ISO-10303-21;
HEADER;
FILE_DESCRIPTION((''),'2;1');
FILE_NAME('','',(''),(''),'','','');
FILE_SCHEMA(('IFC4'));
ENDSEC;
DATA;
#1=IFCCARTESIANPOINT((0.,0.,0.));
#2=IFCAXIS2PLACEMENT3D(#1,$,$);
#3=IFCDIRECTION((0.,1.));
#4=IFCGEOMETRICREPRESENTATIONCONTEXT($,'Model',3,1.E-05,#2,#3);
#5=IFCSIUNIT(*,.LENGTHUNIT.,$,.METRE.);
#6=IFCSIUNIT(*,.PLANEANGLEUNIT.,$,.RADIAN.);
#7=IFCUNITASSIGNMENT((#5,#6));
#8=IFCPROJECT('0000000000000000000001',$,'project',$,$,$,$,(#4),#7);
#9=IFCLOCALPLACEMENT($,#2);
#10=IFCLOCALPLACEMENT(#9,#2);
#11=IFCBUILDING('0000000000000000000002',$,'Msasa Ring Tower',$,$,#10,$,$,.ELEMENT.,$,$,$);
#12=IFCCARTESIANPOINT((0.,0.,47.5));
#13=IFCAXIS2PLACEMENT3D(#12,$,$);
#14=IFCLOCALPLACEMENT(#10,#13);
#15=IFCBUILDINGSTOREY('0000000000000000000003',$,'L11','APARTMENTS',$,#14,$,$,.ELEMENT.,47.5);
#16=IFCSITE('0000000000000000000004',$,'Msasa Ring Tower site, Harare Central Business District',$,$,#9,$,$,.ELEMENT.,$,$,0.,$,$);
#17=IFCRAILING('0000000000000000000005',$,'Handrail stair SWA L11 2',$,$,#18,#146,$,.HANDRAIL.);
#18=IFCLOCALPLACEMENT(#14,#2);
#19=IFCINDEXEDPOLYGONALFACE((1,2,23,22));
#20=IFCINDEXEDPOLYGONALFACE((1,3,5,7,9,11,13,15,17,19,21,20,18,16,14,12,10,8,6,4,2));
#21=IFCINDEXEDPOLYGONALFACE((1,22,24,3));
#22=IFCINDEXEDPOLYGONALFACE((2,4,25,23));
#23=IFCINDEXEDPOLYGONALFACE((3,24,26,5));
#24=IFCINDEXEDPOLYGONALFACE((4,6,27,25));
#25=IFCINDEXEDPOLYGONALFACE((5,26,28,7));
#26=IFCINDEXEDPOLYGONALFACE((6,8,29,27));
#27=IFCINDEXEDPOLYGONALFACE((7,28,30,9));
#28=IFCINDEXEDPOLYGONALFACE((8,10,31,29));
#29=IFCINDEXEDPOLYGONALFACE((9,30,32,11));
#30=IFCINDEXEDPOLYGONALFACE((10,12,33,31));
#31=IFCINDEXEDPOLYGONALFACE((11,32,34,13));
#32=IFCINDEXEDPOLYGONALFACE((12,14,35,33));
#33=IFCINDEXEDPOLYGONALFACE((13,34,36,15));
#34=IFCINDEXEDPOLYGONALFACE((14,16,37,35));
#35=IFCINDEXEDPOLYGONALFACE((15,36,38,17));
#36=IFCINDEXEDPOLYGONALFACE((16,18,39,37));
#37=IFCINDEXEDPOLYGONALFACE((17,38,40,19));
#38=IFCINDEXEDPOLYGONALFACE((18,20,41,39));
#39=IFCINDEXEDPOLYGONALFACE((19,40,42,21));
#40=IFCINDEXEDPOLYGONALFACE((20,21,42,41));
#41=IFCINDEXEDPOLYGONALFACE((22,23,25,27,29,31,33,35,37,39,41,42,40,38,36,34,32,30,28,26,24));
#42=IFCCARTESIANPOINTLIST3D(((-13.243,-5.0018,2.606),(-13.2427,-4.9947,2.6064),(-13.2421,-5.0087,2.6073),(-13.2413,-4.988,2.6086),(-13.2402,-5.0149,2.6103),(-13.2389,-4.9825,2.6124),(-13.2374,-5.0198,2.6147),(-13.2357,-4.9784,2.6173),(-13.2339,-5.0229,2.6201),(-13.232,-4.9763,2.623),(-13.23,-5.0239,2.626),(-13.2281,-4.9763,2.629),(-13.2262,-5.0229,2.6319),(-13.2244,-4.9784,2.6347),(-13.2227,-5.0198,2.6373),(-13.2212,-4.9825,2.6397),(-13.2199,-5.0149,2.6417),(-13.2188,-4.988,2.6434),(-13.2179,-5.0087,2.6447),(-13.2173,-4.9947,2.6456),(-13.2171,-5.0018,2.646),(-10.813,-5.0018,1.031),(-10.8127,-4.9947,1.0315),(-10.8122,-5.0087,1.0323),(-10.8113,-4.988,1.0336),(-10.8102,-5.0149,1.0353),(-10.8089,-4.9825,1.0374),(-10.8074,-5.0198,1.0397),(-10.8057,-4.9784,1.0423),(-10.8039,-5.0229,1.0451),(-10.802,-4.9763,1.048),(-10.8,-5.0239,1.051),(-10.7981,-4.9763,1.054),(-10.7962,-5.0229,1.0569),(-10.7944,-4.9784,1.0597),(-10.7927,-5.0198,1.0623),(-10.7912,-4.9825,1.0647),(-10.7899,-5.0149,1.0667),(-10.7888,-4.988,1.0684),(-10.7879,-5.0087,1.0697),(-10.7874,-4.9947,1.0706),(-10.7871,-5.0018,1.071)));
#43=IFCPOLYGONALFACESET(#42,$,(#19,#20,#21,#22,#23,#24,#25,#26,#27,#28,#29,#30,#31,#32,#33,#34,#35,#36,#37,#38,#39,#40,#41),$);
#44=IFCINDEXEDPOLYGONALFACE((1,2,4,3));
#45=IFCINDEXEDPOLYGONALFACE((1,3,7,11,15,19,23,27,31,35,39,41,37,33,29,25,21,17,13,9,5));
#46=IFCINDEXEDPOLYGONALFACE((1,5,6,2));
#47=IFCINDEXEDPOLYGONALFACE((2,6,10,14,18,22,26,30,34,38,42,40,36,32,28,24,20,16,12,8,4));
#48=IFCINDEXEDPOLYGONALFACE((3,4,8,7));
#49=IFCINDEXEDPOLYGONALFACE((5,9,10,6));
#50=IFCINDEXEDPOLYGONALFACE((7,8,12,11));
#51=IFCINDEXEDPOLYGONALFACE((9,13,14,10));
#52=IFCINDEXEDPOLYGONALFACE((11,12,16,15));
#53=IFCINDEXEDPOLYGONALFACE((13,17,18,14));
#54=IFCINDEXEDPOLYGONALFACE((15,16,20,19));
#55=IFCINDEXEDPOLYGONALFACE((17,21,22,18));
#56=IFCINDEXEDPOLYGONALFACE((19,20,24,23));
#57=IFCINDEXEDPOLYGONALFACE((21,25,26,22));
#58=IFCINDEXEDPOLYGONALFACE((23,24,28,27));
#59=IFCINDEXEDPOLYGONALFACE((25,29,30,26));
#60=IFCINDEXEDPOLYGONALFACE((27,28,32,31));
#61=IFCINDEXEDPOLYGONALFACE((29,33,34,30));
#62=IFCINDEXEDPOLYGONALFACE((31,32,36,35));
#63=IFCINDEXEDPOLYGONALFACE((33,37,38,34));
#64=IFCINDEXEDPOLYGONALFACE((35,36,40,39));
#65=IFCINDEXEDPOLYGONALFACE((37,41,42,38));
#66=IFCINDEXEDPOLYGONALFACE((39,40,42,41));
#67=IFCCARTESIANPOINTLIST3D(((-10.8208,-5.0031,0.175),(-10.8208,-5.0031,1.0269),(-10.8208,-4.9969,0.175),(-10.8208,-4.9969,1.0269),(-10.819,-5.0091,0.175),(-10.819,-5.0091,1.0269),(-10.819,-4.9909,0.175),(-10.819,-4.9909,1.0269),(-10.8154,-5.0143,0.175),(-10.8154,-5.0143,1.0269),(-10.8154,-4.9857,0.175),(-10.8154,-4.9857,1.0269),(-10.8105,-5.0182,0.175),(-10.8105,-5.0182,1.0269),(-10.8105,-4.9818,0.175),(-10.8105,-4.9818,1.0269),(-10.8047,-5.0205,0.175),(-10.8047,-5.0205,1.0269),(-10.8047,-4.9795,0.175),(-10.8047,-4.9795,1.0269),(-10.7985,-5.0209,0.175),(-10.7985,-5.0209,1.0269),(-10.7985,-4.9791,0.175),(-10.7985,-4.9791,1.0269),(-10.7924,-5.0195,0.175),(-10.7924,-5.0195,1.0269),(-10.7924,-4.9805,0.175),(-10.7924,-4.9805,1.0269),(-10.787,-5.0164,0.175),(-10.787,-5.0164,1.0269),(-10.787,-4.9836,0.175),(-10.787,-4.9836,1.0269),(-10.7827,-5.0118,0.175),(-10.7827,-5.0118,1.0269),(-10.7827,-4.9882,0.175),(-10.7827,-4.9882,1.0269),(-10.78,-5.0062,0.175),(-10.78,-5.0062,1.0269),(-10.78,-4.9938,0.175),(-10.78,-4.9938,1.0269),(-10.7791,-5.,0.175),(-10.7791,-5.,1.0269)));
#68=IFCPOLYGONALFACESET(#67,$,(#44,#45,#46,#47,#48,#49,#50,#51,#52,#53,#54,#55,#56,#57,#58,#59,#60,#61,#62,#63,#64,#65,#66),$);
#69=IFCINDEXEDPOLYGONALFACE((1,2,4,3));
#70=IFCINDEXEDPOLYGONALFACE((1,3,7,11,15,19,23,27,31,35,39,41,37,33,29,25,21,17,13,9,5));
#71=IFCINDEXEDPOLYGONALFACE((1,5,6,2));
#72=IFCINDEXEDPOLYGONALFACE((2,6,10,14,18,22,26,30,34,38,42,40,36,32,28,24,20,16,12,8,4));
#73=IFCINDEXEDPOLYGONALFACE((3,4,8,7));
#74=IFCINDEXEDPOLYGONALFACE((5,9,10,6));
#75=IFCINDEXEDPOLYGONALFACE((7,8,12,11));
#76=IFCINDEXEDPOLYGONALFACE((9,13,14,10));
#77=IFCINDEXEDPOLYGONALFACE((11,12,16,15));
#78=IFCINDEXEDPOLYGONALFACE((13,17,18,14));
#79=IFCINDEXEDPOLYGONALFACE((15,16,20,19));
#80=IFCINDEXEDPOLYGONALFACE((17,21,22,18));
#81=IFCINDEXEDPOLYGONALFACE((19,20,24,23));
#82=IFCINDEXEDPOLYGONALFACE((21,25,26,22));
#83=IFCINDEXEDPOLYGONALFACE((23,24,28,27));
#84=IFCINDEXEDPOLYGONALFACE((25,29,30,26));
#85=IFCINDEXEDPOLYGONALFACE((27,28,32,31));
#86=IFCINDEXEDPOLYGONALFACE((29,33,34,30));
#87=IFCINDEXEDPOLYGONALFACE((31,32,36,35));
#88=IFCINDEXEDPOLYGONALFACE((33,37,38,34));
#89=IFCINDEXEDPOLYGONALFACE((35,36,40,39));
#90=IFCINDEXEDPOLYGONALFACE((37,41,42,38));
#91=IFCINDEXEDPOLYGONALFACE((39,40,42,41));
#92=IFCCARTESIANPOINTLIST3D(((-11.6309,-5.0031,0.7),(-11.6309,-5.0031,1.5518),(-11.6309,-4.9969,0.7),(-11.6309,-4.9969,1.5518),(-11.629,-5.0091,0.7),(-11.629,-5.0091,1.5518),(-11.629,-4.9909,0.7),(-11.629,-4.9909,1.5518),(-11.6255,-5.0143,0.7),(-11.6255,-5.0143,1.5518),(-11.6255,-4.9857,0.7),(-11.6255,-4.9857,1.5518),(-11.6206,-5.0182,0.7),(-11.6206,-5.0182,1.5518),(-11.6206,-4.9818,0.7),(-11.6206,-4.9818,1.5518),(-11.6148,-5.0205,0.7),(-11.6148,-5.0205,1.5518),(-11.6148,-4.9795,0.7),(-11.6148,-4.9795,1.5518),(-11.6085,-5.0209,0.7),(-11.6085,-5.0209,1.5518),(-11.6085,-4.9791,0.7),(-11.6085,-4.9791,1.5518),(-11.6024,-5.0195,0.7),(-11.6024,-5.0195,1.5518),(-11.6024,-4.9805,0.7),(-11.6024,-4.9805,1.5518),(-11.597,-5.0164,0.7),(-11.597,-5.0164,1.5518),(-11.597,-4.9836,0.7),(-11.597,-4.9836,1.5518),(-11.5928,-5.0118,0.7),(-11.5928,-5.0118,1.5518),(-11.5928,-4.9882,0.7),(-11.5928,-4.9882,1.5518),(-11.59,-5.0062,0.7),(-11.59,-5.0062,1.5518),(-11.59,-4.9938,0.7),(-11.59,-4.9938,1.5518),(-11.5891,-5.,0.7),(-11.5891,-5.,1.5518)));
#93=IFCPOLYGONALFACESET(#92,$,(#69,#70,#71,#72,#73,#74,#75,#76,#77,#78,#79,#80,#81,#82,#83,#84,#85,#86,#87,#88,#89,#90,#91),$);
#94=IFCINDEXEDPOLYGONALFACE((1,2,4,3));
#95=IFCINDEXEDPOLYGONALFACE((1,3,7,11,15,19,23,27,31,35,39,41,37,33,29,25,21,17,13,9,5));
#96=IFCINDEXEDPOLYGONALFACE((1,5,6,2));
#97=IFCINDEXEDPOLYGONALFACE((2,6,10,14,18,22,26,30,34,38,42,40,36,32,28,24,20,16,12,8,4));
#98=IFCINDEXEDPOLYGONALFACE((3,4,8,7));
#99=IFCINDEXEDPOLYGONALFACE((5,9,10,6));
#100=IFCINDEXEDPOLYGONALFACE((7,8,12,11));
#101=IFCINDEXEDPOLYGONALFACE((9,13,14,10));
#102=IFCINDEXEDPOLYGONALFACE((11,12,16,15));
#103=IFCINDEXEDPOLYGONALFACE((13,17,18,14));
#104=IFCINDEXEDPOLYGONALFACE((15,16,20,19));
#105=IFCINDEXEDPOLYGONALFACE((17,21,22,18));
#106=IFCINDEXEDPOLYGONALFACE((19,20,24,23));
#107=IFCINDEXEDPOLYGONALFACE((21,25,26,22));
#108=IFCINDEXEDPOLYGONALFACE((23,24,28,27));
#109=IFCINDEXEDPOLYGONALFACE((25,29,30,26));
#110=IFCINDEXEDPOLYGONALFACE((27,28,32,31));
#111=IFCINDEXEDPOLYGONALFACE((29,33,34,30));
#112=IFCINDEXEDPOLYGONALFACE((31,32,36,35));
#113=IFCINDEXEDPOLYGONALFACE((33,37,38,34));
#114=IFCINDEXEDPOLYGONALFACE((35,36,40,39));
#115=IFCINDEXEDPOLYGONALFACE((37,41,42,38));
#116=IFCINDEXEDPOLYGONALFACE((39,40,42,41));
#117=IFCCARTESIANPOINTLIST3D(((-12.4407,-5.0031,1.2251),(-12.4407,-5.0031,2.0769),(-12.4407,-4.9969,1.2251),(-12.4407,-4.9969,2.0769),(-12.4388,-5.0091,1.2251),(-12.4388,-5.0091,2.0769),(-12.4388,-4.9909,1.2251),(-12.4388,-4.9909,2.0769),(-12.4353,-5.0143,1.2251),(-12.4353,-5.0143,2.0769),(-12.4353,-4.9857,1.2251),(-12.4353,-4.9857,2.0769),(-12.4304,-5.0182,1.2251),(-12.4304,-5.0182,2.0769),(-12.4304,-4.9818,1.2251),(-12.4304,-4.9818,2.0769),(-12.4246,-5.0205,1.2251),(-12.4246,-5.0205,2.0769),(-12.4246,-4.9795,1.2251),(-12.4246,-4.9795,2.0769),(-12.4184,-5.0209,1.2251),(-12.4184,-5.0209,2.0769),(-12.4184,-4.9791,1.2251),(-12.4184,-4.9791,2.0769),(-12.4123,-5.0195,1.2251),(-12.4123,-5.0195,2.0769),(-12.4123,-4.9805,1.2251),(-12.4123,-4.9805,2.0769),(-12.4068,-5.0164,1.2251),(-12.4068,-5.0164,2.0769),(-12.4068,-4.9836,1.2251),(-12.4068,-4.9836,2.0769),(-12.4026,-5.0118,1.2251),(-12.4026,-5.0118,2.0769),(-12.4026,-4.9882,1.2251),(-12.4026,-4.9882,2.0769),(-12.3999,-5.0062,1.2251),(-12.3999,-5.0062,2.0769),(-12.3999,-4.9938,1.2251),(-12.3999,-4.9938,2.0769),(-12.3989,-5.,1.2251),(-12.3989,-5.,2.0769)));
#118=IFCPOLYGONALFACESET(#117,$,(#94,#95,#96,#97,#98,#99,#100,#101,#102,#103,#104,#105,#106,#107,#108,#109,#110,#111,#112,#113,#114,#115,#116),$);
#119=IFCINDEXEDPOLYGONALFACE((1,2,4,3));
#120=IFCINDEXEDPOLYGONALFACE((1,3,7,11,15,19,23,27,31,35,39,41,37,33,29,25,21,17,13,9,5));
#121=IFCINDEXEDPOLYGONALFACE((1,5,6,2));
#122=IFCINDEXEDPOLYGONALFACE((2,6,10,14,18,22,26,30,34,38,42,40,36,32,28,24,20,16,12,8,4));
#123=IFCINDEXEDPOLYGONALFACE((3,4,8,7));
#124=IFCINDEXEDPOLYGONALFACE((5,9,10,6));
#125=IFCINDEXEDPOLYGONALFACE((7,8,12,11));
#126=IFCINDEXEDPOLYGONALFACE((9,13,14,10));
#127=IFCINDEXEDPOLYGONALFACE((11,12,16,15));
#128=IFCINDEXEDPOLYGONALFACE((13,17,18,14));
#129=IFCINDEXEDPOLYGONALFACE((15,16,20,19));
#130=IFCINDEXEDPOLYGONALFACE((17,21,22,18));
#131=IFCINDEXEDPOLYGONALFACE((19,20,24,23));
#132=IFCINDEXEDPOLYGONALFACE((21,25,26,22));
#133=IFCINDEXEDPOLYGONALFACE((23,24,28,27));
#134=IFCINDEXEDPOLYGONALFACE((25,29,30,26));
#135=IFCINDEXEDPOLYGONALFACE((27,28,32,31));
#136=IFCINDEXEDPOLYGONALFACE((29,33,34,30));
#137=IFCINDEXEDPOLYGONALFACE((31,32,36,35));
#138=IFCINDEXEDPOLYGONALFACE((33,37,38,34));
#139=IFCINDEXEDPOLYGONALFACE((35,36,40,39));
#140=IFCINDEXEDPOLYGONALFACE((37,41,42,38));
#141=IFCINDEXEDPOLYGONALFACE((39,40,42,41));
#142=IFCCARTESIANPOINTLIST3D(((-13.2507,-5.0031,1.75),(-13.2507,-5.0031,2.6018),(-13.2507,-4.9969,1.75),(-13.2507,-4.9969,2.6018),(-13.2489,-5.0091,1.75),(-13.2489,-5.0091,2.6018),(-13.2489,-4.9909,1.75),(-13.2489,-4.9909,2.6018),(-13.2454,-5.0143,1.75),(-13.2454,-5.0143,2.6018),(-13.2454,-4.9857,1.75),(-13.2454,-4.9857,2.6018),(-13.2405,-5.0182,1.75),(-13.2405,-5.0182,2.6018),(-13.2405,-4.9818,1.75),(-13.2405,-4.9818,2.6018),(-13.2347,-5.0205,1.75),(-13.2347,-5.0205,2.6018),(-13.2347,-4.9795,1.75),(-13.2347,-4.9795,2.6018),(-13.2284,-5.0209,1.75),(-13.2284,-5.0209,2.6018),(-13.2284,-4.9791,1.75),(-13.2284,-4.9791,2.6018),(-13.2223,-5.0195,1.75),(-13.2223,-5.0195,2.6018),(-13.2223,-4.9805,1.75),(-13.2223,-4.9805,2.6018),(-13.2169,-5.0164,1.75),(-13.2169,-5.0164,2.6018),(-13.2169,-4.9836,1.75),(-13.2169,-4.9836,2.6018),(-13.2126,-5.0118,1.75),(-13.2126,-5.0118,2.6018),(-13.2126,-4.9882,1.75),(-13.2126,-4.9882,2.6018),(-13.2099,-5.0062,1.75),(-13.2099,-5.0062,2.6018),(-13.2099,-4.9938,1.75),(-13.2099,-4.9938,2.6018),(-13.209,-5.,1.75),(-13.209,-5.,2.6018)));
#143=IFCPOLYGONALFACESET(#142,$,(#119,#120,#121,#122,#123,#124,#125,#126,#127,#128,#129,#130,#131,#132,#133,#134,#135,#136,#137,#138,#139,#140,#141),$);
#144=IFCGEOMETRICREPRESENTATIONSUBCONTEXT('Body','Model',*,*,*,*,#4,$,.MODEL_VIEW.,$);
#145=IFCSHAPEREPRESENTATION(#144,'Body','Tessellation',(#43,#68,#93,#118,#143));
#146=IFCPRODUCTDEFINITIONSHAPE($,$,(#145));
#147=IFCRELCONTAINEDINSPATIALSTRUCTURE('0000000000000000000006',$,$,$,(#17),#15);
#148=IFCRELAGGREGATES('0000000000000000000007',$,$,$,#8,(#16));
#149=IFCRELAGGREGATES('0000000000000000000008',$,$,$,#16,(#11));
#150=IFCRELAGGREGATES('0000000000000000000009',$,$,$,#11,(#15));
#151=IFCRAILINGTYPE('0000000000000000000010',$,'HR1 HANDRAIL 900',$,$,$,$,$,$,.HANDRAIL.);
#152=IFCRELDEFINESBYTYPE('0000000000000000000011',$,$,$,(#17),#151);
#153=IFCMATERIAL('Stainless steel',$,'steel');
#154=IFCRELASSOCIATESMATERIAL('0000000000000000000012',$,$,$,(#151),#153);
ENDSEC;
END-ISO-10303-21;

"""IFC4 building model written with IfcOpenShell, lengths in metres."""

from ifc_helpers import new_model, si_unit, direction, frame, origin, origin_2d, place, context, subcontext, project, spatial, circle, extrude, material, type_object, element, save


model = new_model("IFC4")

# Units and contexts
model_context = context("Model", 3, precision=1e-05, world=origin(), true_north=direction((0.0, 1.0)))
body_context = subcontext(model_context, "Body", "Model", "MODEL_VIEW")
ifc_project = project(units=[si_unit("LENGTHUNIT", "METRE"), si_unit("PLANEANGLEUNIT", "RADIAN")], contexts=[model_context])

# Site, building, storey
site_placement = place(None, origin())
site = spatial("IfcSite", under=ifc_project, at=site_placement, Name="Msasa Ring Tower site, Harare Central Business District", CompositionType="ELEMENT", RefElevation=0.0)
building_placement = place(site_placement, origin())
building = spatial("IfcBuilding", under=site, at=building_placement, Name="Msasa Ring Tower", CompositionType="ELEMENT")
storey_placement = place(building_placement, frame((0.0, 0.0, 47.5)))
storey = spatial("IfcBuildingStorey", under=building, at=storey_placement, Name="L11", Description="APARTMENTS", CompositionType="ELEMENT", Elevation=47.5)

# Railing
ifc_material_1 = material(Name="Stainless steel", Category="steel")
railing_type = type_object("IfcRailingType", Name="HR1 HANDRAIL 900", PredefinedType="HANDRAIL", material=ifc_material_1)
for number, where, name in (
    (1, (-10.8, -5.0, 0.175), "Handrail stair SWA L11 2"),
):
    element("IfcRailing", number, at=place(storey_placement, frame(where)), inside=storey, type_object=railing_type, Name=name, PredefinedType="HANDRAIL", context=body_context, shape_type="SweptSolid", body=[
        extrude(circle(Radius=0.0239, at=origin_2d()), frame((0.0, 0.0, 0.876), z_axis=(-0.839154, 0.0, 0.543894), x_axis=(0.0, -1.0, 0.0)), (0.0, 0.0, 1.0), 2.8958),
        extrude(circle(Radius=0.021, at=origin_2d()), origin(), (0.0, 0.0, 1.0), 0.8518),
        extrude(circle(Radius=0.021, at=origin_2d()), frame((-0.8101, 0.0, 0.5249)), (0.0, 0.0, 1.0), 0.8518),
        extrude(circle(Radius=0.021, at=origin_2d()), frame((-1.6199, 0.0, 1.05)), (0.0, 0.0, 1.0), 0.8518),
        extrude(circle(Radius=0.021, at=origin_2d()), frame((-2.4299, 0.0, 1.575)), (0.0, 0.0, 1.0), 0.8518),
    ])

save(model, "model.ifc")
